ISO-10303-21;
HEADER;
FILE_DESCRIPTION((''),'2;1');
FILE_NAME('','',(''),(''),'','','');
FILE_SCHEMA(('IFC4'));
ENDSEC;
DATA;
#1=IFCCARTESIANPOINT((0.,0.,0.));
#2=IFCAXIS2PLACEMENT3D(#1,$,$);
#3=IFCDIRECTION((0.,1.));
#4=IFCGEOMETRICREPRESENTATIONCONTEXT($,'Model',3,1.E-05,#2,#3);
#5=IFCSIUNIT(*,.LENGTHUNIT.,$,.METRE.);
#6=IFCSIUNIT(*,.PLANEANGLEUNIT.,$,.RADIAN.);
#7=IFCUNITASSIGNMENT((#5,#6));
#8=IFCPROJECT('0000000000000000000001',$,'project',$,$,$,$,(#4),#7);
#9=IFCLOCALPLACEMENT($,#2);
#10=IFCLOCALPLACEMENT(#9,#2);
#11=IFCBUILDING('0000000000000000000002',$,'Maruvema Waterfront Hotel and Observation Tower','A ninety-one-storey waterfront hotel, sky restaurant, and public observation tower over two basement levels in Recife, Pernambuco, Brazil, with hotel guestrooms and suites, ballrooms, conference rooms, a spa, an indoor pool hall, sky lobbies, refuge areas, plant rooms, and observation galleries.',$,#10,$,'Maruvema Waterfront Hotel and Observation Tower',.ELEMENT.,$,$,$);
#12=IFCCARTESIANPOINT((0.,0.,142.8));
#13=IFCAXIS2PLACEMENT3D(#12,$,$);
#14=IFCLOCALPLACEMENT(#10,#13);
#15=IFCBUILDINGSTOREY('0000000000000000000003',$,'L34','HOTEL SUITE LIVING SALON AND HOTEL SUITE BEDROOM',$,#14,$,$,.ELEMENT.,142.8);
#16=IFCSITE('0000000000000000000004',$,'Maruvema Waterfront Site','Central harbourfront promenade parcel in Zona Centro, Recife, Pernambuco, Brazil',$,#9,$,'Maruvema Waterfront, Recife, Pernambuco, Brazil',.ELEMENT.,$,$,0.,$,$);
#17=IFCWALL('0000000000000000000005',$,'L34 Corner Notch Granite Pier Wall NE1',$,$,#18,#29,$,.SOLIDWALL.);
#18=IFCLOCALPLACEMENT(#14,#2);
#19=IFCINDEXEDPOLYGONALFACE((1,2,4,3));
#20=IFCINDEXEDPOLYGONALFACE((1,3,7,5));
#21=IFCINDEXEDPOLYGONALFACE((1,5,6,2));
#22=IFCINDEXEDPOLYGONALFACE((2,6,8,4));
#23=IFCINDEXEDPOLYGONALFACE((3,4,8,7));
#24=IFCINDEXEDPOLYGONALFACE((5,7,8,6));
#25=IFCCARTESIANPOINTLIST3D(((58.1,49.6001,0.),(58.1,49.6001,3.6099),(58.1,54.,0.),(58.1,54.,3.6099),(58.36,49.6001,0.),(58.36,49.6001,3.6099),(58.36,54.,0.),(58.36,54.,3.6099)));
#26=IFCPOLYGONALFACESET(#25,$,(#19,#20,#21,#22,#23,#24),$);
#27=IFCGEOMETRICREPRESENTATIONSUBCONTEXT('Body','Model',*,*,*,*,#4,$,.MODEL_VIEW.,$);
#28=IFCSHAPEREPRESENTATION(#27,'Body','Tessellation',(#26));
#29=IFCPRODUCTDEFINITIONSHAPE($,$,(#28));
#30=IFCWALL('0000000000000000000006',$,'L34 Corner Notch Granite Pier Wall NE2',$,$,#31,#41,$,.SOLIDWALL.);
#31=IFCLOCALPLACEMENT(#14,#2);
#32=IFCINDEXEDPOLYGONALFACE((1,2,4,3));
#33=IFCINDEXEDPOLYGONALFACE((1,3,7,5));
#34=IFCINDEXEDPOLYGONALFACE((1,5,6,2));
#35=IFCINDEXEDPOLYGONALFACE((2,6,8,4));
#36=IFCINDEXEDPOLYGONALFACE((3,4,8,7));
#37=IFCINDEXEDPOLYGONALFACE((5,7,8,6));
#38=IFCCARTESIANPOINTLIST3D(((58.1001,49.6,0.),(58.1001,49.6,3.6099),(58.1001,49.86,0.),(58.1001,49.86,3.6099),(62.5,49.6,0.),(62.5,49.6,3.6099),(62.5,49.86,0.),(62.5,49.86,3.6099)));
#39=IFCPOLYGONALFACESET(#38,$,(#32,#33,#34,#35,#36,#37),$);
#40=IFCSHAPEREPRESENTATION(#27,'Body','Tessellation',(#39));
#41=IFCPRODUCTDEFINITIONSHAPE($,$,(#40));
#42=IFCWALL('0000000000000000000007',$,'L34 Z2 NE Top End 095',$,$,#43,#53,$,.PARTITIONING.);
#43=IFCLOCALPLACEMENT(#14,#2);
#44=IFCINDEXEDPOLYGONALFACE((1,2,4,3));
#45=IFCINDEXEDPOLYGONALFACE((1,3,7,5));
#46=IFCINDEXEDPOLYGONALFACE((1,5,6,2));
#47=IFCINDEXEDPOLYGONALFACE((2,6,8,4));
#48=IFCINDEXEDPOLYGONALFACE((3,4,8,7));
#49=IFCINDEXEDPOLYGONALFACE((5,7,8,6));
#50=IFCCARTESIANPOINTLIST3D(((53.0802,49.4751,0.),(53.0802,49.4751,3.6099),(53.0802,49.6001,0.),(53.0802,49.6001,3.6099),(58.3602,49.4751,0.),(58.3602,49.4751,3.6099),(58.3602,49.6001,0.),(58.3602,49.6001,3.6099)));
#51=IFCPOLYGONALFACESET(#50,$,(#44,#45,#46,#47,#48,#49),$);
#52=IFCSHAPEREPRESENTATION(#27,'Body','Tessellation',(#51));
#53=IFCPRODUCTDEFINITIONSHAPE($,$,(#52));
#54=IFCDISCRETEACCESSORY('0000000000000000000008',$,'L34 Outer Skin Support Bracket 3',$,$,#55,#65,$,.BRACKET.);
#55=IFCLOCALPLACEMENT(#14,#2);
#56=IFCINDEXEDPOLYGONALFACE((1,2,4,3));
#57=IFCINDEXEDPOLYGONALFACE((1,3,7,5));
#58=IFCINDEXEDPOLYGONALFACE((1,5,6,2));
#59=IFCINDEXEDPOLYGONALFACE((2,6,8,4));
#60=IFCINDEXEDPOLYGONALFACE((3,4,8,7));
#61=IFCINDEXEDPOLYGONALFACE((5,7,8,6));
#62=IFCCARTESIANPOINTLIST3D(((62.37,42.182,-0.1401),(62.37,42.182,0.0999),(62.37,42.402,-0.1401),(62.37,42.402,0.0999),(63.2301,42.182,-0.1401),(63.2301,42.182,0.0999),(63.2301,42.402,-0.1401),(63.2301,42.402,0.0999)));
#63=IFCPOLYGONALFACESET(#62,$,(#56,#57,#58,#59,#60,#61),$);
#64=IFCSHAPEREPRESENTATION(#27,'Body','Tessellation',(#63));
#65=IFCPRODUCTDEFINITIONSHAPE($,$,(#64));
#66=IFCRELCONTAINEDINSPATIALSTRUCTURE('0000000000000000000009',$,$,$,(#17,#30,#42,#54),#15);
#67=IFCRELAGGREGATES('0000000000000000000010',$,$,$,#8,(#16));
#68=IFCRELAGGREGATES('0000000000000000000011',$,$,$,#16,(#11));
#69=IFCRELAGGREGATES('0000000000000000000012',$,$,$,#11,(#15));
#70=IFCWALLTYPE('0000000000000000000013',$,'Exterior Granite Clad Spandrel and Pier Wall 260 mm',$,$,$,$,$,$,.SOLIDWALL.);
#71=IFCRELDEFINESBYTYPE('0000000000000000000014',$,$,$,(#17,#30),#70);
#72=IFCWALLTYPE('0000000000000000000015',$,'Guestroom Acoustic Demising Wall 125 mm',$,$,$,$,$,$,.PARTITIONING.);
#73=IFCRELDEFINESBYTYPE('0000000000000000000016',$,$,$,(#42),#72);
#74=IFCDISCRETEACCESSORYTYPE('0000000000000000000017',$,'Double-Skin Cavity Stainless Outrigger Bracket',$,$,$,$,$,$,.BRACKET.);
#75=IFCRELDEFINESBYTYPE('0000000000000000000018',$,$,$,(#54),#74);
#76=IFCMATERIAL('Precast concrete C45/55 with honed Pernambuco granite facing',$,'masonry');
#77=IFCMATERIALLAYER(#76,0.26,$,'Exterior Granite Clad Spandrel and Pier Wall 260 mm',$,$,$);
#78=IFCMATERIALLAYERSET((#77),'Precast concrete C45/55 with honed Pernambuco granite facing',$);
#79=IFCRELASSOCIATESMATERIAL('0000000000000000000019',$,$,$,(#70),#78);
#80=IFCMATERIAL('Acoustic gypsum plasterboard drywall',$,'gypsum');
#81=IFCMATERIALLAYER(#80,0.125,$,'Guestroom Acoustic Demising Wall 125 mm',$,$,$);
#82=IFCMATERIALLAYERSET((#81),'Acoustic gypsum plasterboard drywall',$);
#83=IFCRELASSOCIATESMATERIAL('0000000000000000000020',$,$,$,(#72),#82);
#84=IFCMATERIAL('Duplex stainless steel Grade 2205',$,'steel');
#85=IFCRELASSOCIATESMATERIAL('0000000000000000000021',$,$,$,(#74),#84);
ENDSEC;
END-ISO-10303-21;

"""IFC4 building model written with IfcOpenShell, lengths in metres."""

from ifc_helpers import new_model, si_unit, direction, frame, frame_2d, origin, origin_2d, place, context, subcontext, project, spatial, rectangle, extrude, material, layer, layer_set, type_object, element, save


model = new_model("IFC4")

# Units and contexts
model_context = context("Model", 3, precision=1e-05, world=origin(), true_north=direction((0.0, 1.0)))
body_context = subcontext(model_context, "Body", "Model", "MODEL_VIEW")
ifc_project = project(units=[si_unit("LENGTHUNIT", "METRE"), si_unit("PLANEANGLEUNIT", "RADIAN")], contexts=[model_context])

# Site, building, storey
site_placement = place(None, origin())
site = spatial("IfcSite", under=ifc_project, at=site_placement, Name="Maruvema Waterfront Site", Description="Central harbourfront promenade parcel in Zona Centro, Recife, Pernambuco, Brazil", LongName="Maruvema Waterfront, Recife, Pernambuco, Brazil", CompositionType="ELEMENT", RefElevation=0.0)
building_placement = place(site_placement, origin())
building = spatial("IfcBuilding", under=site, at=building_placement, Name="Maruvema Waterfront Hotel and Observation Tower", Description="A ninety-one-storey waterfront hotel, sky restaurant, and public observation tower over two basement levels in Recife, Pernambuco, Brazil, with hotel guestrooms and suites, ballrooms, conference rooms, a spa, an indoor pool hall, sky lobbies, refuge areas, plant rooms, and observation galleries.", LongName="Maruvema Waterfront Hotel and Observation Tower", CompositionType="ELEMENT")
storey_placement = place(building_placement, frame((0.0, 0.0, 142.8)))
storey = spatial("IfcBuildingStorey", under=building, at=storey_placement, Name="L34", Description="HOTEL SUITE LIVING SALON AND HOTEL SUITE BEDROOM", CompositionType="ELEMENT", Elevation=142.8)

# Walls
ifc_material_1 = material(Name="Precast concrete C45/55 with honed Pernambuco granite facing", Category="masonry")
ifc_layer_1 = layer(ifc_material_1, 0.26, Name="Exterior Granite Clad Spandrel and Pier Wall 260 mm")
ifc_layer_set_1 = layer_set([ifc_layer_1], Name="Precast concrete C45/55 with honed Pernambuco granite facing")
wall_type_1 = type_object("IfcWallType", Name="Exterior Granite Clad Spandrel and Pier Wall 260 mm", PredefinedType="SOLIDWALL", material=ifc_layer_set_1)
for number, where, z_axis, x_axis, name in (
    (1, (58.23, 54.0, 0.0), (0.0, 0.0, 1.0), (0.0, -1.0, 0.0), "L34 Corner Notch Granite Pier Wall NE1"),
    (2, (58.1001, 49.73, 0.0), (0.0, 0.0, 1.0), (1.0, 0.0, 0.0), "L34 Corner Notch Granite Pier Wall NE2"),
):
    element("IfcWall", number, at=place(storey_placement, frame(where, z_axis=z_axis, x_axis=x_axis)), inside=storey, type_object=wall_type_1, Name=name, PredefinedType="SOLIDWALL", context=body_context, shape_type="SweptSolid", body=[
        extrude(rectangle(XDim=4.3999, YDim=0.26, at=frame_2d((2.2, 0.0))), origin(), (0.0, 0.0, 1.0), 3.6099),
    ])
ifc_material_2 = material(Name="Acoustic gypsum plasterboard drywall", Category="gypsum")
ifc_layer_2 = layer(ifc_material_2, 0.125, Name="Guestroom Acoustic Demising Wall 125 mm")
ifc_layer_set_2 = layer_set([ifc_layer_2], Name="Acoustic gypsum plasterboard drywall")
wall_type_2 = type_object("IfcWallType", Name="Guestroom Acoustic Demising Wall 125 mm", PredefinedType="PARTITIONING", material=ifc_layer_set_2)
wall_1_placement = place(storey_placement, frame((53.0801, 49.5376, 0.0), z_axis=(0.0, 0.0, 1.0), x_axis=(1.0, 0.0, 0.0)))
element("IfcWall", 3, at=wall_1_placement, inside=storey, type_object=wall_type_2, Name="L34 Z2 NE Top End 095", PredefinedType="PARTITIONING", context=body_context, shape_type="SweptSolid", body=[
    extrude(rectangle(XDim=5.28, YDim=0.125, at=frame_2d((2.6401, 0.0))), origin(), (0.0, 0.0, 1.0), 3.6099),
])

# Discrete accessory
ifc_material_3 = material(Name="Duplex stainless steel Grade 2205", Category="steel")
discrete_accessory_type = type_object("IfcDiscreteAccessoryType", Name="Double-Skin Cavity Stainless Outrigger Bracket", PredefinedType="BRACKET", material=ifc_material_3)
discrete_accessory_placement = place(storey_placement, frame((62.8, 42.292, -0.1401), z_axis=(0.0, 0.0, 1.0), x_axis=(0.0, 1.0, 0.0)))
element("IfcDiscreteAccessory", 4, at=discrete_accessory_placement, inside=storey, type_object=discrete_accessory_type, Name="L34 Outer Skin Support Bracket 3", PredefinedType="BRACKET", context=body_context, shape_type="SweptSolid", body=[
    extrude(rectangle(XDim=0.22, YDim=0.8601, at=origin_2d()), origin(), (0.0, 0.0, 1.0), 0.24),
])

save(model, "model.ifc")
